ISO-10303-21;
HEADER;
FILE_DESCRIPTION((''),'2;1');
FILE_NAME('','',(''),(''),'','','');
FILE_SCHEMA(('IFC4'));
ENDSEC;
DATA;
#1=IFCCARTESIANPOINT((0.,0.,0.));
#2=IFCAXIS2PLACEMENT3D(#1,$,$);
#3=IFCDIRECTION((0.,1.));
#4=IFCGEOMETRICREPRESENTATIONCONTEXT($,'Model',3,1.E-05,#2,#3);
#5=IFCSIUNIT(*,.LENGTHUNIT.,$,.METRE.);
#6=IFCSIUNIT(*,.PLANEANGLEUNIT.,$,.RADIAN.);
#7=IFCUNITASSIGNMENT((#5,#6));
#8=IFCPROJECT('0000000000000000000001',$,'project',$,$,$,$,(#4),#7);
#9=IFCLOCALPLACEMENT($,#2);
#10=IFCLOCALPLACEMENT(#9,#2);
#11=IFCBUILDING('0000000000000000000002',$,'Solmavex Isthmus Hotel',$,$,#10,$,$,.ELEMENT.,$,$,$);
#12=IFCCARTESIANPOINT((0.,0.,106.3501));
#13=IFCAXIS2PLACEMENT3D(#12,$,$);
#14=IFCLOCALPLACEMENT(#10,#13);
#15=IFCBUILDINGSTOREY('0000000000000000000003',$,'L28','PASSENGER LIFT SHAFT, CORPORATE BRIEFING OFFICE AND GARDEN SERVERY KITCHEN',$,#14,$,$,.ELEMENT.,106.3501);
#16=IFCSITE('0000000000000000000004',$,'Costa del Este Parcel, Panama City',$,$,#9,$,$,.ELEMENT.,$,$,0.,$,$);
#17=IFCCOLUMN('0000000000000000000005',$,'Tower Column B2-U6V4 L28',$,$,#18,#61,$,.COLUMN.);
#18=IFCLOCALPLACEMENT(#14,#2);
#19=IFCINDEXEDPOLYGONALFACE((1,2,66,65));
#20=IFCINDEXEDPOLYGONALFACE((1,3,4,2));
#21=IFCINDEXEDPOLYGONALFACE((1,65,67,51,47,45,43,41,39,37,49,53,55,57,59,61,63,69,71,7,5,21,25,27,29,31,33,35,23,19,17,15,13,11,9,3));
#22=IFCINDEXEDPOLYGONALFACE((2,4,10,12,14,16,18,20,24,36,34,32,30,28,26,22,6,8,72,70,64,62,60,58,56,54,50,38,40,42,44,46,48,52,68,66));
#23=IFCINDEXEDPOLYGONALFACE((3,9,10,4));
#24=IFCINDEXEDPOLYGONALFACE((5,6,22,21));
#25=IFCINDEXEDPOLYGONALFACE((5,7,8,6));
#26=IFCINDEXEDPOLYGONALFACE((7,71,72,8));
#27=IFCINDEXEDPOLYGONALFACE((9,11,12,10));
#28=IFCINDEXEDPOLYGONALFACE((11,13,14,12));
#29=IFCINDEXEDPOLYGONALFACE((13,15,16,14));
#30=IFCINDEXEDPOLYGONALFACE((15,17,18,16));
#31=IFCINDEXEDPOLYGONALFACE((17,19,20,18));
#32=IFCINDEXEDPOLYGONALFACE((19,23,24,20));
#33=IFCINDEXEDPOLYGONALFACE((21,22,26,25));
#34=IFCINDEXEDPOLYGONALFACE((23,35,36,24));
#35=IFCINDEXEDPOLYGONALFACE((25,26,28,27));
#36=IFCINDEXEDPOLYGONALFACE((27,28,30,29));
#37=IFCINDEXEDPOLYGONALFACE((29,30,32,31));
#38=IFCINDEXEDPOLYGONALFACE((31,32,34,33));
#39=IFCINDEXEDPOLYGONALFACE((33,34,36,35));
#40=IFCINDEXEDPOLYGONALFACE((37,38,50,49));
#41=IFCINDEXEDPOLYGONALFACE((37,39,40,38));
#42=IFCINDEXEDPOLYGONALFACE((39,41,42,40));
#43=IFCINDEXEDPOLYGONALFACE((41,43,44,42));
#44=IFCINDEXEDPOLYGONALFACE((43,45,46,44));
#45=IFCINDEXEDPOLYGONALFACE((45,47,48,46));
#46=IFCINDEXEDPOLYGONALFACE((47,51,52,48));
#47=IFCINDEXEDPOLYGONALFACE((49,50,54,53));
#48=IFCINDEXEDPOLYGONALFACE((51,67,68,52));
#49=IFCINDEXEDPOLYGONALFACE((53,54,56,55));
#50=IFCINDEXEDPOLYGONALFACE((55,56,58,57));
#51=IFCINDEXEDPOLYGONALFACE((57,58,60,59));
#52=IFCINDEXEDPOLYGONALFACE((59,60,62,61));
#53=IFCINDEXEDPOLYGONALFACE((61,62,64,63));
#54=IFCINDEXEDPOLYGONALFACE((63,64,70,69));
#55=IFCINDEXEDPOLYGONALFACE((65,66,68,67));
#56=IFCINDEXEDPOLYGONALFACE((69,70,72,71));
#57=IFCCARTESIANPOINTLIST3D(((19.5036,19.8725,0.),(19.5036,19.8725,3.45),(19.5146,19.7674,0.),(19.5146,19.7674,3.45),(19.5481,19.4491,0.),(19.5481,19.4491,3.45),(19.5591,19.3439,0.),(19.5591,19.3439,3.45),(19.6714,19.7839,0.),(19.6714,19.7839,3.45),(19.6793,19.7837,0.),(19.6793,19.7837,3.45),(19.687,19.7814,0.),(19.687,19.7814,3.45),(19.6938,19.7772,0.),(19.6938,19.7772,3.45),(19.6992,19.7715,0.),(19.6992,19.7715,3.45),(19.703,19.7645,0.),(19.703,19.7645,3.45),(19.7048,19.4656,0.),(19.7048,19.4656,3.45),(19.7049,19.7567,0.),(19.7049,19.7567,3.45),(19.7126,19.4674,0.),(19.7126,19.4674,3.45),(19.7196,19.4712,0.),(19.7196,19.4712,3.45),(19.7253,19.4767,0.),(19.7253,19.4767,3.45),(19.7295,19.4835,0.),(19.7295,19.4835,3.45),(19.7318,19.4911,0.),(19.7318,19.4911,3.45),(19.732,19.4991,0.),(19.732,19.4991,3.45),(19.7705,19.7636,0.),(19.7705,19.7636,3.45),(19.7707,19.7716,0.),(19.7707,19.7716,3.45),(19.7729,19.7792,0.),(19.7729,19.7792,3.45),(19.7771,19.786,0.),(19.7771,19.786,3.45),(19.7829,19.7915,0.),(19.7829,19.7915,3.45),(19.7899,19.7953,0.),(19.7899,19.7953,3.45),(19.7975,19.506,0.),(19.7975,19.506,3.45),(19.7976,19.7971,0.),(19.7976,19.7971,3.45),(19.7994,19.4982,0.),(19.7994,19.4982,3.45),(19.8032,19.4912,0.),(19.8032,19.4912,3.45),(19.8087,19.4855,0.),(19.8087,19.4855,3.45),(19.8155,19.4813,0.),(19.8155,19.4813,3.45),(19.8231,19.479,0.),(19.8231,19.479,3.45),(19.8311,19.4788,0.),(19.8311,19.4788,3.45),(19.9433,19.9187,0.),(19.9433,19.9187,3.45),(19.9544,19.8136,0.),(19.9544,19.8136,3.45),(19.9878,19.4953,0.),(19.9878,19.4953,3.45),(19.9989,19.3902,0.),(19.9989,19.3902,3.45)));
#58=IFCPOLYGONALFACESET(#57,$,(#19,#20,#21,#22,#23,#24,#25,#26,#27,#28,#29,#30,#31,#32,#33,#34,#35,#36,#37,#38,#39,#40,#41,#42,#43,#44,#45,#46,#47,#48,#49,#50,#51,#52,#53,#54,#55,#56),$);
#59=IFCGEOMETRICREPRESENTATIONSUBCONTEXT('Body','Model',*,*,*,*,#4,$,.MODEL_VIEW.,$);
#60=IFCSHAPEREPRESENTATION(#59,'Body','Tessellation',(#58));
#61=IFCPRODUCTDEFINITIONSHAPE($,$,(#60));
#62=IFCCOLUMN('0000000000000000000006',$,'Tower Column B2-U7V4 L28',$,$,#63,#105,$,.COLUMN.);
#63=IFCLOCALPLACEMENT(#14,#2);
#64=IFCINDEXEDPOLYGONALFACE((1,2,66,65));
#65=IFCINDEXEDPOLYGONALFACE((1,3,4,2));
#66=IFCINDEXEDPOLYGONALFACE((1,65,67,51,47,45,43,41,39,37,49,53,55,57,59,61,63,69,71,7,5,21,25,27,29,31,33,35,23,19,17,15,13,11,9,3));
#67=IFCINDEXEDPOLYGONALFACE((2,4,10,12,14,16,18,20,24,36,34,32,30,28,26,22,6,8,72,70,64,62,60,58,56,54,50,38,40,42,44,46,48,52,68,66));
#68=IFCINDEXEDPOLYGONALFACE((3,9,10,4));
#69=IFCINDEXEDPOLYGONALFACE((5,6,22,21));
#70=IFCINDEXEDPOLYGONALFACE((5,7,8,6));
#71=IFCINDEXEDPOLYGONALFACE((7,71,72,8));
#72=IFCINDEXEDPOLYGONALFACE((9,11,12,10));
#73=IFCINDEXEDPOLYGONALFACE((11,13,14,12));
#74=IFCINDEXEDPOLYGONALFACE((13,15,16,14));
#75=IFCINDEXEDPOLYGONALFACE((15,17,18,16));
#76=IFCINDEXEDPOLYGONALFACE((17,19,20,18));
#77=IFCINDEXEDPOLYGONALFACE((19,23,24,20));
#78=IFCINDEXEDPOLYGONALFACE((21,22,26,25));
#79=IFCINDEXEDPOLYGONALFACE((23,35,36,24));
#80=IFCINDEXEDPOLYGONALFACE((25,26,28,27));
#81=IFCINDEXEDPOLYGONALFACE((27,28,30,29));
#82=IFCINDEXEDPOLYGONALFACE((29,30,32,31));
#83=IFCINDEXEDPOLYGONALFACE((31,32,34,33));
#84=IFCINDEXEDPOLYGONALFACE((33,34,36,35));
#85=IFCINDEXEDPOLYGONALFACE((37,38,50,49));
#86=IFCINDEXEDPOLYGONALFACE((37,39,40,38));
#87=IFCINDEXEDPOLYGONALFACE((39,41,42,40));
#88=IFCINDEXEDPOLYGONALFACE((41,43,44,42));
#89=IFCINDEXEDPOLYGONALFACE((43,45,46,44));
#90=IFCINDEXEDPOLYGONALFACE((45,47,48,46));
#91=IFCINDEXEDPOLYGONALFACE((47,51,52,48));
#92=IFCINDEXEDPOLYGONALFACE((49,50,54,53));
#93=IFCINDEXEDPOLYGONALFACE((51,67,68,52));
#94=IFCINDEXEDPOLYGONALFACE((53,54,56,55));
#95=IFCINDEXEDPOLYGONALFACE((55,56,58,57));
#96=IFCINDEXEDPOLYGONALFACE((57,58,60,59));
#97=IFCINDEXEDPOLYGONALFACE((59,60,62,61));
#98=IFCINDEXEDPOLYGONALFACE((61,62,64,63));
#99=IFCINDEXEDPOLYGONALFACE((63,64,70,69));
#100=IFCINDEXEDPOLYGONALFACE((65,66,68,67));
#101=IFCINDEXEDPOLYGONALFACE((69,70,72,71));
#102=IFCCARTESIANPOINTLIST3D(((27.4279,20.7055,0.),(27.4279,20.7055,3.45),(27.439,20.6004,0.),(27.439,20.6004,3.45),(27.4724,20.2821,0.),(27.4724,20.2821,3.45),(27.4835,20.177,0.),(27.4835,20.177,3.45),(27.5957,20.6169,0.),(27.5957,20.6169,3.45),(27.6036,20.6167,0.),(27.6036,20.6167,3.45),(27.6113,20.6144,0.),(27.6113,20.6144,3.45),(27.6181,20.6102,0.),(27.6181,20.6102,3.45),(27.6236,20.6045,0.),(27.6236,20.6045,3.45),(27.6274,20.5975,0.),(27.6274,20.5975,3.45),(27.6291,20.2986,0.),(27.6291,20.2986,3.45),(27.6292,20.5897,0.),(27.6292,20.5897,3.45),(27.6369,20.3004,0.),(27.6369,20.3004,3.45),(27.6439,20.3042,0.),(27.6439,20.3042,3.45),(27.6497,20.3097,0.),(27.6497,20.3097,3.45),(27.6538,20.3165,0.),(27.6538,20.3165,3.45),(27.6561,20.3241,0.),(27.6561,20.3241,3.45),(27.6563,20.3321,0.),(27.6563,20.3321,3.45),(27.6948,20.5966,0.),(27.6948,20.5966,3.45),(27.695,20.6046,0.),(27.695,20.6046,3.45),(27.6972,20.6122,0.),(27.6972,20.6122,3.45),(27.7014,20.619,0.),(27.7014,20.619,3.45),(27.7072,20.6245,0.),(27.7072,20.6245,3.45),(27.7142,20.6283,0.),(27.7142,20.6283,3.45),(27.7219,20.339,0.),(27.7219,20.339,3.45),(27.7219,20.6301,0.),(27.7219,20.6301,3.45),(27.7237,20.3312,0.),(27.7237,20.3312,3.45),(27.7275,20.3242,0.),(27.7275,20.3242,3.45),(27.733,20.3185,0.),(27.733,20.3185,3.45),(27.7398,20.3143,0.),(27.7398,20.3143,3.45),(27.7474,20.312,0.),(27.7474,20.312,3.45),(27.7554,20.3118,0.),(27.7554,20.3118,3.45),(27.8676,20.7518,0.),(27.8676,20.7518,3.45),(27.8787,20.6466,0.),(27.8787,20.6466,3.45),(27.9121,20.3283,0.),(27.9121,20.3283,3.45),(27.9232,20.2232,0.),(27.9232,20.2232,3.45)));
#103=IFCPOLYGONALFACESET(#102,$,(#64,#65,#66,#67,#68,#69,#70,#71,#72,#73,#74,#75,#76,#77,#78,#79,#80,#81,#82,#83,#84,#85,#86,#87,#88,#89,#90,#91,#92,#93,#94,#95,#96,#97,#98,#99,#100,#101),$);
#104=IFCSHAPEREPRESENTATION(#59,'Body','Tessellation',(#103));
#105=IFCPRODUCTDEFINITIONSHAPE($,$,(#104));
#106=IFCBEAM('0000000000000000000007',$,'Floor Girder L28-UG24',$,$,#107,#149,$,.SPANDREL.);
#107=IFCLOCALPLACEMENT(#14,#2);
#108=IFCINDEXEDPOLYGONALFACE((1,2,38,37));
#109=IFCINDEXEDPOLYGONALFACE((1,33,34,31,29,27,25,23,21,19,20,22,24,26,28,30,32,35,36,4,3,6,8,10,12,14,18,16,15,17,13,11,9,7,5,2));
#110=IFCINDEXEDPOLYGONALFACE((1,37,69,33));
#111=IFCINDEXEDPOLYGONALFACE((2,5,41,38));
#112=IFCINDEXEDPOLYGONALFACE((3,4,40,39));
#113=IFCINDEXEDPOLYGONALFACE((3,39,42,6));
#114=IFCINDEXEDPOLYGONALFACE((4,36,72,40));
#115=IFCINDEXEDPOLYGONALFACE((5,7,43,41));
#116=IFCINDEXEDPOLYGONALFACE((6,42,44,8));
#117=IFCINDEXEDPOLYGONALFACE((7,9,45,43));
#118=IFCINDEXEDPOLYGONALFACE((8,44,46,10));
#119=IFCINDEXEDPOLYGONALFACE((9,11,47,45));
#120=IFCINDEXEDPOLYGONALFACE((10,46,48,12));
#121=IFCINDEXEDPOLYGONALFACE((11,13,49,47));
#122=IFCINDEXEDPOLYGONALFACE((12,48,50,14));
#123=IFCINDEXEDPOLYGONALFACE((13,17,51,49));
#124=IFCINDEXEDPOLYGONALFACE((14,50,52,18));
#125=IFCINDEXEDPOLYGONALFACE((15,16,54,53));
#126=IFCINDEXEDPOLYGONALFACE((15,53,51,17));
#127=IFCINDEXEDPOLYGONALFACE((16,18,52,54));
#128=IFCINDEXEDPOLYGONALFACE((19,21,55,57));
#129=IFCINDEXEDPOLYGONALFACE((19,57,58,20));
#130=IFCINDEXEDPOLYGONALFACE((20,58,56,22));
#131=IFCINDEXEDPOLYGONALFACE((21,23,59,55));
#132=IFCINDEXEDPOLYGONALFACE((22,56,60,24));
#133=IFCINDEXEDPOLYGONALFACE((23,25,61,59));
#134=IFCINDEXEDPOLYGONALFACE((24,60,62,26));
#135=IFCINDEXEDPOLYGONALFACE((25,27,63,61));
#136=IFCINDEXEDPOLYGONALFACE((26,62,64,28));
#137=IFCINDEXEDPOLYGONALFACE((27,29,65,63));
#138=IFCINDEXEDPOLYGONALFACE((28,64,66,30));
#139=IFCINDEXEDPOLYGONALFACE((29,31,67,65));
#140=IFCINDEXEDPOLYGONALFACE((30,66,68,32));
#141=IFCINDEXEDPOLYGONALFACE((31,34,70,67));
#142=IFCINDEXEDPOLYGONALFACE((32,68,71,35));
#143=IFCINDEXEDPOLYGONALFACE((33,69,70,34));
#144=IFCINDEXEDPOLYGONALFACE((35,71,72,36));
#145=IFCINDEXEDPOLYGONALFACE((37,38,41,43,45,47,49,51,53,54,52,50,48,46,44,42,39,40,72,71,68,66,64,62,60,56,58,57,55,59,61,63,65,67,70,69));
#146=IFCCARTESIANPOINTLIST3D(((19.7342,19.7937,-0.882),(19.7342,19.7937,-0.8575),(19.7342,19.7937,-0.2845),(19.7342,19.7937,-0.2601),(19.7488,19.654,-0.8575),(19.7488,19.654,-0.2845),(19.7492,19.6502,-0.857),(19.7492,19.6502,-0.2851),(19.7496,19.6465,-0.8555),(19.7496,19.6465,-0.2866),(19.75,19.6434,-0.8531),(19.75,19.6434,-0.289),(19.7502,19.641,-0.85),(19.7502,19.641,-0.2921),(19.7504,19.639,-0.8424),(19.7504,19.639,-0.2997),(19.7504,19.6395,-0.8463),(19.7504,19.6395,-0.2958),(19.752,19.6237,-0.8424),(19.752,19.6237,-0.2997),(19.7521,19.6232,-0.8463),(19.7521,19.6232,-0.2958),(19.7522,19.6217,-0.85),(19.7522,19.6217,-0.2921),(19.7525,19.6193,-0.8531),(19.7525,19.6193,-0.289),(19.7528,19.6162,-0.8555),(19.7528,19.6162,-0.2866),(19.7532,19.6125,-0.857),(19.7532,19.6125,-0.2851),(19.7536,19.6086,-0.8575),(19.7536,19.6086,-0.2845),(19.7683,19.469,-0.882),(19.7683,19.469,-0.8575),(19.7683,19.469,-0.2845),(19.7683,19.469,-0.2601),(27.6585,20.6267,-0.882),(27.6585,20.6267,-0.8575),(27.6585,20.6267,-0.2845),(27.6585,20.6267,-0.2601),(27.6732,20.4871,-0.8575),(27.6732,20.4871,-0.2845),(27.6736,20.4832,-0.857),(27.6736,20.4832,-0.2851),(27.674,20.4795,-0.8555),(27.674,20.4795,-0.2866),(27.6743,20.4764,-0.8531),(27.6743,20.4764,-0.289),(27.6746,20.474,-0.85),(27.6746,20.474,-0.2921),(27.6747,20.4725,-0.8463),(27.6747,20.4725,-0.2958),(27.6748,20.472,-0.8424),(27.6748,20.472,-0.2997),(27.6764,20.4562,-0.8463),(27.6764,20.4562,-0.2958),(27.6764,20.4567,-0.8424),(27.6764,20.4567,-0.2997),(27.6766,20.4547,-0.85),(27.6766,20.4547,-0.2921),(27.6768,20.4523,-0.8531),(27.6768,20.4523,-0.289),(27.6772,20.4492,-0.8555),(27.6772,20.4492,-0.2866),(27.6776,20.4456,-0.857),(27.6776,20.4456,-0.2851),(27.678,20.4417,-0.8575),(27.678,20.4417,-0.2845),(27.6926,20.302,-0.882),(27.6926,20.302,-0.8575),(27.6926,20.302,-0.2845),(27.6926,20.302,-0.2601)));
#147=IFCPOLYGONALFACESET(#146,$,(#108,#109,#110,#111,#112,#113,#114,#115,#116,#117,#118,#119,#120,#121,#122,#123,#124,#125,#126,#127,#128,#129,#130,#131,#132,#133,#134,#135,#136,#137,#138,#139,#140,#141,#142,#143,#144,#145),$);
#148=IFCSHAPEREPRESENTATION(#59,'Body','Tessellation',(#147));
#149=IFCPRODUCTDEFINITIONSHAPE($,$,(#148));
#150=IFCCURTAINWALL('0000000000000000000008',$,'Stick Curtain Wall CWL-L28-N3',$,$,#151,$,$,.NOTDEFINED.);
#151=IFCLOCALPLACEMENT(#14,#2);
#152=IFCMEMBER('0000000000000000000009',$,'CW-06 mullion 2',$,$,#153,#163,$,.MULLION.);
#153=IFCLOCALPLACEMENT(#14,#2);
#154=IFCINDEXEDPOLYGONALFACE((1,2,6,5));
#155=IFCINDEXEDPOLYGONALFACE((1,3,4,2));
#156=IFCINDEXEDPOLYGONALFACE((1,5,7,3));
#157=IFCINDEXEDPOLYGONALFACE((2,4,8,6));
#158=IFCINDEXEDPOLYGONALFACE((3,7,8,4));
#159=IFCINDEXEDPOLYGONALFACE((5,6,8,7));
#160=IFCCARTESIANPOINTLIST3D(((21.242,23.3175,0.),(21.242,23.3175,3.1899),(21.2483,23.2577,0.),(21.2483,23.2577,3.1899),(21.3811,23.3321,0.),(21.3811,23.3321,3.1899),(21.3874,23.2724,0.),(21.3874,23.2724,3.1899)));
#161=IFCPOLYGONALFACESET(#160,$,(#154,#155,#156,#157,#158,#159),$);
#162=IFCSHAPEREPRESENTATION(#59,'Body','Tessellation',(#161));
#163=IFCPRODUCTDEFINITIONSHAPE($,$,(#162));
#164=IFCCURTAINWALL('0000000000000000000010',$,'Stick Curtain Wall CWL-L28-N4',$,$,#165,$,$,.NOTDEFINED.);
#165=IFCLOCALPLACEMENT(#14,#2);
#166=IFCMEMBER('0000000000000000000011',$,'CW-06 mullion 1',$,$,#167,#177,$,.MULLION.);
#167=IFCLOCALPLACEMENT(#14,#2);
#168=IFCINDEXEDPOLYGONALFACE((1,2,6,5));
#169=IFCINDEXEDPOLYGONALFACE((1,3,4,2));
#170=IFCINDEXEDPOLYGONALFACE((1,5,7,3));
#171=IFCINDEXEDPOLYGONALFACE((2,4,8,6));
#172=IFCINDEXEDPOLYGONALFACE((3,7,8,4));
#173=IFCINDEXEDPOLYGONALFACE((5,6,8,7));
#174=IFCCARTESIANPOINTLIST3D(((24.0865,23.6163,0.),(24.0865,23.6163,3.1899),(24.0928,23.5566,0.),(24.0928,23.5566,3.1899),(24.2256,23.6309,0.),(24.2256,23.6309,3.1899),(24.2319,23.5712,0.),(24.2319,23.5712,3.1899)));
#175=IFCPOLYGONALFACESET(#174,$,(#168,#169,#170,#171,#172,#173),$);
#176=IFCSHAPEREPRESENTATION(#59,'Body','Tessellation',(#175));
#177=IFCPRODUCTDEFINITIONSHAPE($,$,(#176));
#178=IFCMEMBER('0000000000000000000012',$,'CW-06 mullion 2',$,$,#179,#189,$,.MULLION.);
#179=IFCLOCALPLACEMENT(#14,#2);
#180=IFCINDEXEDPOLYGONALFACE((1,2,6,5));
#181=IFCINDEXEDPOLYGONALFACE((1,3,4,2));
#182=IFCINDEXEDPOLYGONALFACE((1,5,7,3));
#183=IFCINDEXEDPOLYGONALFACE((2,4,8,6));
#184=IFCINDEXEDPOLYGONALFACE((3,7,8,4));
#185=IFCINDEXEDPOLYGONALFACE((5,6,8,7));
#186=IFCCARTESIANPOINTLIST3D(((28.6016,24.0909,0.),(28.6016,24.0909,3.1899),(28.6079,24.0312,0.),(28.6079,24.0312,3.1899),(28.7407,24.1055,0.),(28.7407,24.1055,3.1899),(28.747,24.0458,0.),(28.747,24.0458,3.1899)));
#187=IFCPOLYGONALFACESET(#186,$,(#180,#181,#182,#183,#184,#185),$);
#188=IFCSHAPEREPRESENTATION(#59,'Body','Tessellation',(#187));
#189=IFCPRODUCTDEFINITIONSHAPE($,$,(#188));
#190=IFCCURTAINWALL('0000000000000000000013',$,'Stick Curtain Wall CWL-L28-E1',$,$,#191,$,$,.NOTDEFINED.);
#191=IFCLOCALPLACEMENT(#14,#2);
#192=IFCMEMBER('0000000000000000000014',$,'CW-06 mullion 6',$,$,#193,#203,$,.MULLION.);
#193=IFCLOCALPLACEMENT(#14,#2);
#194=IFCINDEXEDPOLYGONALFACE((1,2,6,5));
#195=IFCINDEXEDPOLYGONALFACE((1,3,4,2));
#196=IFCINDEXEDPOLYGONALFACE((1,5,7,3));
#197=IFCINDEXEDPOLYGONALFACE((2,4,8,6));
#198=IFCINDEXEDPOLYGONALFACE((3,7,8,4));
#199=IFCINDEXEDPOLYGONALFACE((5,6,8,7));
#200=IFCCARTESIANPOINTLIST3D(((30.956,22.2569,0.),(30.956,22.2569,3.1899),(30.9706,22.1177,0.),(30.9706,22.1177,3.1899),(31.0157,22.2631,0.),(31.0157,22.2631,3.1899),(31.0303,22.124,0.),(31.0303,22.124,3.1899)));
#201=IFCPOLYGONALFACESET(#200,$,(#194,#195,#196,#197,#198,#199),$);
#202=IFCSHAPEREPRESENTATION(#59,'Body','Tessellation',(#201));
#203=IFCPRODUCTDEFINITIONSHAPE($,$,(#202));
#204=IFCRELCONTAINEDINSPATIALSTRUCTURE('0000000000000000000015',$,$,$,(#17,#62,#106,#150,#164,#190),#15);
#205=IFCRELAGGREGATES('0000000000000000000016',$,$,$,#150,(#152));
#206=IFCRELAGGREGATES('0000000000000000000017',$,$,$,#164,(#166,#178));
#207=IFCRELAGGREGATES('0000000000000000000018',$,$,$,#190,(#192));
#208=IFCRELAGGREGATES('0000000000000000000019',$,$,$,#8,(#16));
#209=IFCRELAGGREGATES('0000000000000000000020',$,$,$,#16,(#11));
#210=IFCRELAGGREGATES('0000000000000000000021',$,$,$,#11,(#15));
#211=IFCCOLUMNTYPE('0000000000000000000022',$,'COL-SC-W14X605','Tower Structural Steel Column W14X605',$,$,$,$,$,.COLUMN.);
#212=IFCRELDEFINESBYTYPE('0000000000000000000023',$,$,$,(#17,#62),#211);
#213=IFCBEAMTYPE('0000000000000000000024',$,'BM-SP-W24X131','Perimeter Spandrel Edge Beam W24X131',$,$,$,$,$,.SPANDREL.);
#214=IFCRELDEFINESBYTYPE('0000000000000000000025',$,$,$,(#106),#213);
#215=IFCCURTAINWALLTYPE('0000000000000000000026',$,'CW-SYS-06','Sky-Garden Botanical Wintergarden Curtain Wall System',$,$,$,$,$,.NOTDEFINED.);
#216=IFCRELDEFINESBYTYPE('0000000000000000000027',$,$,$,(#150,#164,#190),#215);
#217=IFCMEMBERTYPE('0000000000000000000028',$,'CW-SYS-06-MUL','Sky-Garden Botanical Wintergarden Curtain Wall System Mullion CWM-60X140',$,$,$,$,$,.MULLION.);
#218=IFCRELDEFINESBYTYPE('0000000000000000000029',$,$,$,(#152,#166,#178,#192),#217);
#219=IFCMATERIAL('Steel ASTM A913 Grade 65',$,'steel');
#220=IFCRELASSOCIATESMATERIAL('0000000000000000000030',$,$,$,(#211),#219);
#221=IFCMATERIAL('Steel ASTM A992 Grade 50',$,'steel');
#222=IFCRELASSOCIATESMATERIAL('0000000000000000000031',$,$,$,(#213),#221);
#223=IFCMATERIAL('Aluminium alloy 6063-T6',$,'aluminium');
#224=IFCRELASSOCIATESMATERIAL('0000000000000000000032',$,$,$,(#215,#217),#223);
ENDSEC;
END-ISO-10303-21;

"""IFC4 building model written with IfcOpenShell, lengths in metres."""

from ifc_helpers import new_model, si_unit, direction, frame, origin, origin_2d, place, context, subcontext, project, spatial, rectangle, i_section, extrude, material, material_profile, profile_set, type_object, element, aggregate, save


model = new_model("IFC4")

# Units and contexts
model_context = context("Model", 3, precision=1e-05, world=origin(), true_north=direction((0.0, 1.0)))
body_context = subcontext(model_context, "Body", "Model", "MODEL_VIEW")
ifc_project = project(units=[si_unit("LENGTHUNIT", "METRE"), si_unit("PLANEANGLEUNIT", "RADIAN")], contexts=[model_context])

# Site, building, storey
site_placement = place(None, origin())
site = spatial("IfcSite", under=ifc_project, at=site_placement, Name="Costa del Este Parcel, Panama City", CompositionType="ELEMENT", RefElevation=0.0)
building_placement = place(site_placement, origin())
building = spatial("IfcBuilding", under=site, at=building_placement, Name="Solmavex Isthmus Hotel", CompositionType="ELEMENT")
storey_placement = place(building_placement, frame((0.0, 0.0, 106.3501)))
storey = spatial("IfcBuildingStorey", under=building, at=storey_placement, Name="L28", Description="PASSENGER LIFT SHAFT, CORPORATE BRIEFING OFFICE AND GARDEN SERVERY KITCHEN", CompositionType="ELEMENT", Elevation=106.3501)

# Columns
ifc_material_1 = material(Name="Steel ASTM A913 Grade 65", Category="steel")
ifc_material_profile_1 = material_profile(ifc_material_1, i_section(OverallWidth=0.4421, OverallDepth=0.5315, WebThickness=0.0659, FlangeThickness=0.1057, FilletRadius=0.0305, at=origin_2d()), Name="W14X605")
ifc_profile_set_1 = profile_set([ifc_material_profile_1], Name="Steel ASTM A913 Grade 65")
column_type = type_object("IfcColumnType", Name="COL-SC-W14X605", Description="Tower Structural Steel Column W14X605", PredefinedType="COLUMN", material=ifc_profile_set_1)
for number, where, z_axis, x_axis, name in (
    (1, (19.7512, 19.6313, 0.0), (0.0, 0.0, 1.0), (0.994522, 0.104528, 0.0), "Tower Column B2-U6V4 L28"),
    (2, (27.6755, 20.4644, 0.0), (0.0, 0.0, 1.0), (0.994522, 0.104528, 0.0), "Tower Column B2-U7V4 L28"),
):
    element("IfcColumn", number, at=place(storey_placement, frame(where, z_axis=z_axis, x_axis=x_axis)), inside=storey, type_object=column_type, Name=name, PredefinedType="COLUMN", context=body_context, shape_type="SweptSolid", body=[
        extrude(i_section(OverallWidth=0.4421, OverallDepth=0.5315, WebThickness=0.0659, FlangeThickness=0.1057, FilletRadius=0.0305, at=origin_2d()), origin(), (0.0, 0.0, 1.0), 3.45),
    ])

# Beam
ifc_material_2 = material(Name="Steel ASTM A992 Grade 50", Category="steel")
ifc_material_profile_2 = material_profile(ifc_material_2, i_section(OverallWidth=0.3264, OverallDepth=0.6218, WebThickness=0.0154, FlangeThickness=0.0244, FilletRadius=0.0151, at=origin_2d()), Name="W24X131")
ifc_profile_set_2 = profile_set([ifc_material_profile_2], Name="Steel ASTM A992 Grade 50")
beam_type = type_object("IfcBeamType", Name="BM-SP-W24X131", Description="Perimeter Spandrel Edge Beam W24X131", PredefinedType="SPANDREL", material=ifc_profile_set_2)
beam_placement = place(storey_placement, frame((19.7512, 19.6313, -0.571), z_axis=(0.99452, 0.104544, 0.0), x_axis=(-0.104544, 0.99452, 0.0)))
element("IfcBeam", 3, at=beam_placement, inside=storey, type_object=beam_type, Name="Floor Girder L28-UG24", PredefinedType="SPANDREL", context=body_context, shape_type="SweptSolid", body=[
    extrude(i_section(OverallWidth=0.3264, OverallDepth=0.6218, WebThickness=0.0154, FlangeThickness=0.0244, FilletRadius=0.0151, at=origin_2d()), origin(), (0.0, 0.0, 1.0), 7.968),
])

# Curtain wall, member
ifc_material_3 = material(Name="Aluminium alloy 6063-T6", Category="aluminium")
curtain_wall_type = type_object("IfcCurtainWallType", Name="CW-SYS-06", Description="Sky-Garden Botanical Wintergarden Curtain Wall System", PredefinedType="NOTDEFINED", material=ifc_material_3)
curtain_wall_1_placement = place(storey_placement, origin())
curtain_wall_1 = element("IfcCurtainWall", 4, at=curtain_wall_1_placement, inside=storey, type_object=curtain_wall_type, Name="Stick Curtain Wall CWL-L28-N3", PredefinedType="NOTDEFINED")
ifc_material_profile_3 = material_profile(ifc_material_3, rectangle(XDim=0.0601, YDim=0.1399, at=origin_2d()), Name="CWM-60X140")
ifc_profile_set_3 = profile_set([ifc_material_profile_3], Name="Aluminium alloy 6063-T6")
member_type_1 = type_object("IfcMemberType", Name="CW-SYS-06-MUL", Description="Sky-Garden Botanical Wintergarden Curtain Wall System Mullion CWM-60X140", PredefinedType="MULLION", material=ifc_profile_set_3)
member_1_placement = place(storey_placement, frame((21.3147, 23.2949, 0.0), z_axis=(0.0, 0.0, 1.0), x_axis=(-0.104528, 0.994522, 0.0)))
member_1 = element("IfcMember", 5, at=member_1_placement, type_object=member_type_1, Name="CW-06 mullion 2", PredefinedType="MULLION", context=body_context, shape_type="SweptSolid", body=[
    extrude(rectangle(XDim=0.0601, YDim=0.1399, at=origin_2d()), origin(), (0.0, 0.0, 1.0), 3.1899),
])
aggregate(curtain_wall_1, [member_1])

# Curtain wall, members
curtain_wall_2_placement = place(storey_placement, origin())
curtain_wall_2 = element("IfcCurtainWall", 6, at=curtain_wall_2_placement, inside=storey, type_object=curtain_wall_type, Name="Stick Curtain Wall CWL-L28-N4", PredefinedType="NOTDEFINED")
member_2_placement = place(storey_placement, frame((24.1592, 23.5938, 0.0), z_axis=(0.0, 0.0, 1.0), x_axis=(-0.104528, 0.994522, 0.0)))
member_2 = element("IfcMember", 7, at=member_2_placement, type_object=member_type_1, Name="CW-06 mullion 1", PredefinedType="MULLION", context=body_context, shape_type="SweptSolid", body=[
    extrude(rectangle(XDim=0.0601, YDim=0.1399, at=origin_2d()), origin(), (0.0, 0.0, 1.0), 3.1899),
])
member_3_placement = place(storey_placement, frame((28.6743, 24.0684, 0.0), z_axis=(0.0, 0.0, 1.0), x_axis=(-0.104528, 0.994522, 0.0)))
member_3 = element("IfcMember", 8, at=member_3_placement, type_object=member_type_1, Name="CW-06 mullion 2", PredefinedType="MULLION", context=body_context, shape_type="SweptSolid", body=[
    extrude(rectangle(XDim=0.0601, YDim=0.1399, at=origin_2d()), origin(), (0.0, 0.0, 1.0), 3.1899),
])

# Curtain wall, member
curtain_wall_3_placement = place(storey_placement, origin())
curtain_wall_3 = element("IfcCurtainWall", 9, at=curtain_wall_3_placement, inside=storey, type_object=curtain_wall_type, Name="Stick Curtain Wall CWL-L28-E1", PredefinedType="NOTDEFINED")
member_4_placement = place(storey_placement, frame((30.9932, 22.1904, 0.0), z_axis=(0.0, 0.0, 1.0), x_axis=(-0.994522, -0.104528, 0.0)))
member_4 = element("IfcMember", 10, at=member_4_placement, type_object=member_type_1, Name="CW-06 mullion 6", PredefinedType="MULLION", context=body_context, shape_type="SweptSolid", body=[
    extrude(rectangle(XDim=0.0601, YDim=0.1399, at=origin_2d()), origin(), (0.0, 0.0, 1.0), 3.1899),
])

aggregate(curtain_wall_2, [member_2, member_3])
aggregate(curtain_wall_3, [member_4])

save(model, "model.ifc")
